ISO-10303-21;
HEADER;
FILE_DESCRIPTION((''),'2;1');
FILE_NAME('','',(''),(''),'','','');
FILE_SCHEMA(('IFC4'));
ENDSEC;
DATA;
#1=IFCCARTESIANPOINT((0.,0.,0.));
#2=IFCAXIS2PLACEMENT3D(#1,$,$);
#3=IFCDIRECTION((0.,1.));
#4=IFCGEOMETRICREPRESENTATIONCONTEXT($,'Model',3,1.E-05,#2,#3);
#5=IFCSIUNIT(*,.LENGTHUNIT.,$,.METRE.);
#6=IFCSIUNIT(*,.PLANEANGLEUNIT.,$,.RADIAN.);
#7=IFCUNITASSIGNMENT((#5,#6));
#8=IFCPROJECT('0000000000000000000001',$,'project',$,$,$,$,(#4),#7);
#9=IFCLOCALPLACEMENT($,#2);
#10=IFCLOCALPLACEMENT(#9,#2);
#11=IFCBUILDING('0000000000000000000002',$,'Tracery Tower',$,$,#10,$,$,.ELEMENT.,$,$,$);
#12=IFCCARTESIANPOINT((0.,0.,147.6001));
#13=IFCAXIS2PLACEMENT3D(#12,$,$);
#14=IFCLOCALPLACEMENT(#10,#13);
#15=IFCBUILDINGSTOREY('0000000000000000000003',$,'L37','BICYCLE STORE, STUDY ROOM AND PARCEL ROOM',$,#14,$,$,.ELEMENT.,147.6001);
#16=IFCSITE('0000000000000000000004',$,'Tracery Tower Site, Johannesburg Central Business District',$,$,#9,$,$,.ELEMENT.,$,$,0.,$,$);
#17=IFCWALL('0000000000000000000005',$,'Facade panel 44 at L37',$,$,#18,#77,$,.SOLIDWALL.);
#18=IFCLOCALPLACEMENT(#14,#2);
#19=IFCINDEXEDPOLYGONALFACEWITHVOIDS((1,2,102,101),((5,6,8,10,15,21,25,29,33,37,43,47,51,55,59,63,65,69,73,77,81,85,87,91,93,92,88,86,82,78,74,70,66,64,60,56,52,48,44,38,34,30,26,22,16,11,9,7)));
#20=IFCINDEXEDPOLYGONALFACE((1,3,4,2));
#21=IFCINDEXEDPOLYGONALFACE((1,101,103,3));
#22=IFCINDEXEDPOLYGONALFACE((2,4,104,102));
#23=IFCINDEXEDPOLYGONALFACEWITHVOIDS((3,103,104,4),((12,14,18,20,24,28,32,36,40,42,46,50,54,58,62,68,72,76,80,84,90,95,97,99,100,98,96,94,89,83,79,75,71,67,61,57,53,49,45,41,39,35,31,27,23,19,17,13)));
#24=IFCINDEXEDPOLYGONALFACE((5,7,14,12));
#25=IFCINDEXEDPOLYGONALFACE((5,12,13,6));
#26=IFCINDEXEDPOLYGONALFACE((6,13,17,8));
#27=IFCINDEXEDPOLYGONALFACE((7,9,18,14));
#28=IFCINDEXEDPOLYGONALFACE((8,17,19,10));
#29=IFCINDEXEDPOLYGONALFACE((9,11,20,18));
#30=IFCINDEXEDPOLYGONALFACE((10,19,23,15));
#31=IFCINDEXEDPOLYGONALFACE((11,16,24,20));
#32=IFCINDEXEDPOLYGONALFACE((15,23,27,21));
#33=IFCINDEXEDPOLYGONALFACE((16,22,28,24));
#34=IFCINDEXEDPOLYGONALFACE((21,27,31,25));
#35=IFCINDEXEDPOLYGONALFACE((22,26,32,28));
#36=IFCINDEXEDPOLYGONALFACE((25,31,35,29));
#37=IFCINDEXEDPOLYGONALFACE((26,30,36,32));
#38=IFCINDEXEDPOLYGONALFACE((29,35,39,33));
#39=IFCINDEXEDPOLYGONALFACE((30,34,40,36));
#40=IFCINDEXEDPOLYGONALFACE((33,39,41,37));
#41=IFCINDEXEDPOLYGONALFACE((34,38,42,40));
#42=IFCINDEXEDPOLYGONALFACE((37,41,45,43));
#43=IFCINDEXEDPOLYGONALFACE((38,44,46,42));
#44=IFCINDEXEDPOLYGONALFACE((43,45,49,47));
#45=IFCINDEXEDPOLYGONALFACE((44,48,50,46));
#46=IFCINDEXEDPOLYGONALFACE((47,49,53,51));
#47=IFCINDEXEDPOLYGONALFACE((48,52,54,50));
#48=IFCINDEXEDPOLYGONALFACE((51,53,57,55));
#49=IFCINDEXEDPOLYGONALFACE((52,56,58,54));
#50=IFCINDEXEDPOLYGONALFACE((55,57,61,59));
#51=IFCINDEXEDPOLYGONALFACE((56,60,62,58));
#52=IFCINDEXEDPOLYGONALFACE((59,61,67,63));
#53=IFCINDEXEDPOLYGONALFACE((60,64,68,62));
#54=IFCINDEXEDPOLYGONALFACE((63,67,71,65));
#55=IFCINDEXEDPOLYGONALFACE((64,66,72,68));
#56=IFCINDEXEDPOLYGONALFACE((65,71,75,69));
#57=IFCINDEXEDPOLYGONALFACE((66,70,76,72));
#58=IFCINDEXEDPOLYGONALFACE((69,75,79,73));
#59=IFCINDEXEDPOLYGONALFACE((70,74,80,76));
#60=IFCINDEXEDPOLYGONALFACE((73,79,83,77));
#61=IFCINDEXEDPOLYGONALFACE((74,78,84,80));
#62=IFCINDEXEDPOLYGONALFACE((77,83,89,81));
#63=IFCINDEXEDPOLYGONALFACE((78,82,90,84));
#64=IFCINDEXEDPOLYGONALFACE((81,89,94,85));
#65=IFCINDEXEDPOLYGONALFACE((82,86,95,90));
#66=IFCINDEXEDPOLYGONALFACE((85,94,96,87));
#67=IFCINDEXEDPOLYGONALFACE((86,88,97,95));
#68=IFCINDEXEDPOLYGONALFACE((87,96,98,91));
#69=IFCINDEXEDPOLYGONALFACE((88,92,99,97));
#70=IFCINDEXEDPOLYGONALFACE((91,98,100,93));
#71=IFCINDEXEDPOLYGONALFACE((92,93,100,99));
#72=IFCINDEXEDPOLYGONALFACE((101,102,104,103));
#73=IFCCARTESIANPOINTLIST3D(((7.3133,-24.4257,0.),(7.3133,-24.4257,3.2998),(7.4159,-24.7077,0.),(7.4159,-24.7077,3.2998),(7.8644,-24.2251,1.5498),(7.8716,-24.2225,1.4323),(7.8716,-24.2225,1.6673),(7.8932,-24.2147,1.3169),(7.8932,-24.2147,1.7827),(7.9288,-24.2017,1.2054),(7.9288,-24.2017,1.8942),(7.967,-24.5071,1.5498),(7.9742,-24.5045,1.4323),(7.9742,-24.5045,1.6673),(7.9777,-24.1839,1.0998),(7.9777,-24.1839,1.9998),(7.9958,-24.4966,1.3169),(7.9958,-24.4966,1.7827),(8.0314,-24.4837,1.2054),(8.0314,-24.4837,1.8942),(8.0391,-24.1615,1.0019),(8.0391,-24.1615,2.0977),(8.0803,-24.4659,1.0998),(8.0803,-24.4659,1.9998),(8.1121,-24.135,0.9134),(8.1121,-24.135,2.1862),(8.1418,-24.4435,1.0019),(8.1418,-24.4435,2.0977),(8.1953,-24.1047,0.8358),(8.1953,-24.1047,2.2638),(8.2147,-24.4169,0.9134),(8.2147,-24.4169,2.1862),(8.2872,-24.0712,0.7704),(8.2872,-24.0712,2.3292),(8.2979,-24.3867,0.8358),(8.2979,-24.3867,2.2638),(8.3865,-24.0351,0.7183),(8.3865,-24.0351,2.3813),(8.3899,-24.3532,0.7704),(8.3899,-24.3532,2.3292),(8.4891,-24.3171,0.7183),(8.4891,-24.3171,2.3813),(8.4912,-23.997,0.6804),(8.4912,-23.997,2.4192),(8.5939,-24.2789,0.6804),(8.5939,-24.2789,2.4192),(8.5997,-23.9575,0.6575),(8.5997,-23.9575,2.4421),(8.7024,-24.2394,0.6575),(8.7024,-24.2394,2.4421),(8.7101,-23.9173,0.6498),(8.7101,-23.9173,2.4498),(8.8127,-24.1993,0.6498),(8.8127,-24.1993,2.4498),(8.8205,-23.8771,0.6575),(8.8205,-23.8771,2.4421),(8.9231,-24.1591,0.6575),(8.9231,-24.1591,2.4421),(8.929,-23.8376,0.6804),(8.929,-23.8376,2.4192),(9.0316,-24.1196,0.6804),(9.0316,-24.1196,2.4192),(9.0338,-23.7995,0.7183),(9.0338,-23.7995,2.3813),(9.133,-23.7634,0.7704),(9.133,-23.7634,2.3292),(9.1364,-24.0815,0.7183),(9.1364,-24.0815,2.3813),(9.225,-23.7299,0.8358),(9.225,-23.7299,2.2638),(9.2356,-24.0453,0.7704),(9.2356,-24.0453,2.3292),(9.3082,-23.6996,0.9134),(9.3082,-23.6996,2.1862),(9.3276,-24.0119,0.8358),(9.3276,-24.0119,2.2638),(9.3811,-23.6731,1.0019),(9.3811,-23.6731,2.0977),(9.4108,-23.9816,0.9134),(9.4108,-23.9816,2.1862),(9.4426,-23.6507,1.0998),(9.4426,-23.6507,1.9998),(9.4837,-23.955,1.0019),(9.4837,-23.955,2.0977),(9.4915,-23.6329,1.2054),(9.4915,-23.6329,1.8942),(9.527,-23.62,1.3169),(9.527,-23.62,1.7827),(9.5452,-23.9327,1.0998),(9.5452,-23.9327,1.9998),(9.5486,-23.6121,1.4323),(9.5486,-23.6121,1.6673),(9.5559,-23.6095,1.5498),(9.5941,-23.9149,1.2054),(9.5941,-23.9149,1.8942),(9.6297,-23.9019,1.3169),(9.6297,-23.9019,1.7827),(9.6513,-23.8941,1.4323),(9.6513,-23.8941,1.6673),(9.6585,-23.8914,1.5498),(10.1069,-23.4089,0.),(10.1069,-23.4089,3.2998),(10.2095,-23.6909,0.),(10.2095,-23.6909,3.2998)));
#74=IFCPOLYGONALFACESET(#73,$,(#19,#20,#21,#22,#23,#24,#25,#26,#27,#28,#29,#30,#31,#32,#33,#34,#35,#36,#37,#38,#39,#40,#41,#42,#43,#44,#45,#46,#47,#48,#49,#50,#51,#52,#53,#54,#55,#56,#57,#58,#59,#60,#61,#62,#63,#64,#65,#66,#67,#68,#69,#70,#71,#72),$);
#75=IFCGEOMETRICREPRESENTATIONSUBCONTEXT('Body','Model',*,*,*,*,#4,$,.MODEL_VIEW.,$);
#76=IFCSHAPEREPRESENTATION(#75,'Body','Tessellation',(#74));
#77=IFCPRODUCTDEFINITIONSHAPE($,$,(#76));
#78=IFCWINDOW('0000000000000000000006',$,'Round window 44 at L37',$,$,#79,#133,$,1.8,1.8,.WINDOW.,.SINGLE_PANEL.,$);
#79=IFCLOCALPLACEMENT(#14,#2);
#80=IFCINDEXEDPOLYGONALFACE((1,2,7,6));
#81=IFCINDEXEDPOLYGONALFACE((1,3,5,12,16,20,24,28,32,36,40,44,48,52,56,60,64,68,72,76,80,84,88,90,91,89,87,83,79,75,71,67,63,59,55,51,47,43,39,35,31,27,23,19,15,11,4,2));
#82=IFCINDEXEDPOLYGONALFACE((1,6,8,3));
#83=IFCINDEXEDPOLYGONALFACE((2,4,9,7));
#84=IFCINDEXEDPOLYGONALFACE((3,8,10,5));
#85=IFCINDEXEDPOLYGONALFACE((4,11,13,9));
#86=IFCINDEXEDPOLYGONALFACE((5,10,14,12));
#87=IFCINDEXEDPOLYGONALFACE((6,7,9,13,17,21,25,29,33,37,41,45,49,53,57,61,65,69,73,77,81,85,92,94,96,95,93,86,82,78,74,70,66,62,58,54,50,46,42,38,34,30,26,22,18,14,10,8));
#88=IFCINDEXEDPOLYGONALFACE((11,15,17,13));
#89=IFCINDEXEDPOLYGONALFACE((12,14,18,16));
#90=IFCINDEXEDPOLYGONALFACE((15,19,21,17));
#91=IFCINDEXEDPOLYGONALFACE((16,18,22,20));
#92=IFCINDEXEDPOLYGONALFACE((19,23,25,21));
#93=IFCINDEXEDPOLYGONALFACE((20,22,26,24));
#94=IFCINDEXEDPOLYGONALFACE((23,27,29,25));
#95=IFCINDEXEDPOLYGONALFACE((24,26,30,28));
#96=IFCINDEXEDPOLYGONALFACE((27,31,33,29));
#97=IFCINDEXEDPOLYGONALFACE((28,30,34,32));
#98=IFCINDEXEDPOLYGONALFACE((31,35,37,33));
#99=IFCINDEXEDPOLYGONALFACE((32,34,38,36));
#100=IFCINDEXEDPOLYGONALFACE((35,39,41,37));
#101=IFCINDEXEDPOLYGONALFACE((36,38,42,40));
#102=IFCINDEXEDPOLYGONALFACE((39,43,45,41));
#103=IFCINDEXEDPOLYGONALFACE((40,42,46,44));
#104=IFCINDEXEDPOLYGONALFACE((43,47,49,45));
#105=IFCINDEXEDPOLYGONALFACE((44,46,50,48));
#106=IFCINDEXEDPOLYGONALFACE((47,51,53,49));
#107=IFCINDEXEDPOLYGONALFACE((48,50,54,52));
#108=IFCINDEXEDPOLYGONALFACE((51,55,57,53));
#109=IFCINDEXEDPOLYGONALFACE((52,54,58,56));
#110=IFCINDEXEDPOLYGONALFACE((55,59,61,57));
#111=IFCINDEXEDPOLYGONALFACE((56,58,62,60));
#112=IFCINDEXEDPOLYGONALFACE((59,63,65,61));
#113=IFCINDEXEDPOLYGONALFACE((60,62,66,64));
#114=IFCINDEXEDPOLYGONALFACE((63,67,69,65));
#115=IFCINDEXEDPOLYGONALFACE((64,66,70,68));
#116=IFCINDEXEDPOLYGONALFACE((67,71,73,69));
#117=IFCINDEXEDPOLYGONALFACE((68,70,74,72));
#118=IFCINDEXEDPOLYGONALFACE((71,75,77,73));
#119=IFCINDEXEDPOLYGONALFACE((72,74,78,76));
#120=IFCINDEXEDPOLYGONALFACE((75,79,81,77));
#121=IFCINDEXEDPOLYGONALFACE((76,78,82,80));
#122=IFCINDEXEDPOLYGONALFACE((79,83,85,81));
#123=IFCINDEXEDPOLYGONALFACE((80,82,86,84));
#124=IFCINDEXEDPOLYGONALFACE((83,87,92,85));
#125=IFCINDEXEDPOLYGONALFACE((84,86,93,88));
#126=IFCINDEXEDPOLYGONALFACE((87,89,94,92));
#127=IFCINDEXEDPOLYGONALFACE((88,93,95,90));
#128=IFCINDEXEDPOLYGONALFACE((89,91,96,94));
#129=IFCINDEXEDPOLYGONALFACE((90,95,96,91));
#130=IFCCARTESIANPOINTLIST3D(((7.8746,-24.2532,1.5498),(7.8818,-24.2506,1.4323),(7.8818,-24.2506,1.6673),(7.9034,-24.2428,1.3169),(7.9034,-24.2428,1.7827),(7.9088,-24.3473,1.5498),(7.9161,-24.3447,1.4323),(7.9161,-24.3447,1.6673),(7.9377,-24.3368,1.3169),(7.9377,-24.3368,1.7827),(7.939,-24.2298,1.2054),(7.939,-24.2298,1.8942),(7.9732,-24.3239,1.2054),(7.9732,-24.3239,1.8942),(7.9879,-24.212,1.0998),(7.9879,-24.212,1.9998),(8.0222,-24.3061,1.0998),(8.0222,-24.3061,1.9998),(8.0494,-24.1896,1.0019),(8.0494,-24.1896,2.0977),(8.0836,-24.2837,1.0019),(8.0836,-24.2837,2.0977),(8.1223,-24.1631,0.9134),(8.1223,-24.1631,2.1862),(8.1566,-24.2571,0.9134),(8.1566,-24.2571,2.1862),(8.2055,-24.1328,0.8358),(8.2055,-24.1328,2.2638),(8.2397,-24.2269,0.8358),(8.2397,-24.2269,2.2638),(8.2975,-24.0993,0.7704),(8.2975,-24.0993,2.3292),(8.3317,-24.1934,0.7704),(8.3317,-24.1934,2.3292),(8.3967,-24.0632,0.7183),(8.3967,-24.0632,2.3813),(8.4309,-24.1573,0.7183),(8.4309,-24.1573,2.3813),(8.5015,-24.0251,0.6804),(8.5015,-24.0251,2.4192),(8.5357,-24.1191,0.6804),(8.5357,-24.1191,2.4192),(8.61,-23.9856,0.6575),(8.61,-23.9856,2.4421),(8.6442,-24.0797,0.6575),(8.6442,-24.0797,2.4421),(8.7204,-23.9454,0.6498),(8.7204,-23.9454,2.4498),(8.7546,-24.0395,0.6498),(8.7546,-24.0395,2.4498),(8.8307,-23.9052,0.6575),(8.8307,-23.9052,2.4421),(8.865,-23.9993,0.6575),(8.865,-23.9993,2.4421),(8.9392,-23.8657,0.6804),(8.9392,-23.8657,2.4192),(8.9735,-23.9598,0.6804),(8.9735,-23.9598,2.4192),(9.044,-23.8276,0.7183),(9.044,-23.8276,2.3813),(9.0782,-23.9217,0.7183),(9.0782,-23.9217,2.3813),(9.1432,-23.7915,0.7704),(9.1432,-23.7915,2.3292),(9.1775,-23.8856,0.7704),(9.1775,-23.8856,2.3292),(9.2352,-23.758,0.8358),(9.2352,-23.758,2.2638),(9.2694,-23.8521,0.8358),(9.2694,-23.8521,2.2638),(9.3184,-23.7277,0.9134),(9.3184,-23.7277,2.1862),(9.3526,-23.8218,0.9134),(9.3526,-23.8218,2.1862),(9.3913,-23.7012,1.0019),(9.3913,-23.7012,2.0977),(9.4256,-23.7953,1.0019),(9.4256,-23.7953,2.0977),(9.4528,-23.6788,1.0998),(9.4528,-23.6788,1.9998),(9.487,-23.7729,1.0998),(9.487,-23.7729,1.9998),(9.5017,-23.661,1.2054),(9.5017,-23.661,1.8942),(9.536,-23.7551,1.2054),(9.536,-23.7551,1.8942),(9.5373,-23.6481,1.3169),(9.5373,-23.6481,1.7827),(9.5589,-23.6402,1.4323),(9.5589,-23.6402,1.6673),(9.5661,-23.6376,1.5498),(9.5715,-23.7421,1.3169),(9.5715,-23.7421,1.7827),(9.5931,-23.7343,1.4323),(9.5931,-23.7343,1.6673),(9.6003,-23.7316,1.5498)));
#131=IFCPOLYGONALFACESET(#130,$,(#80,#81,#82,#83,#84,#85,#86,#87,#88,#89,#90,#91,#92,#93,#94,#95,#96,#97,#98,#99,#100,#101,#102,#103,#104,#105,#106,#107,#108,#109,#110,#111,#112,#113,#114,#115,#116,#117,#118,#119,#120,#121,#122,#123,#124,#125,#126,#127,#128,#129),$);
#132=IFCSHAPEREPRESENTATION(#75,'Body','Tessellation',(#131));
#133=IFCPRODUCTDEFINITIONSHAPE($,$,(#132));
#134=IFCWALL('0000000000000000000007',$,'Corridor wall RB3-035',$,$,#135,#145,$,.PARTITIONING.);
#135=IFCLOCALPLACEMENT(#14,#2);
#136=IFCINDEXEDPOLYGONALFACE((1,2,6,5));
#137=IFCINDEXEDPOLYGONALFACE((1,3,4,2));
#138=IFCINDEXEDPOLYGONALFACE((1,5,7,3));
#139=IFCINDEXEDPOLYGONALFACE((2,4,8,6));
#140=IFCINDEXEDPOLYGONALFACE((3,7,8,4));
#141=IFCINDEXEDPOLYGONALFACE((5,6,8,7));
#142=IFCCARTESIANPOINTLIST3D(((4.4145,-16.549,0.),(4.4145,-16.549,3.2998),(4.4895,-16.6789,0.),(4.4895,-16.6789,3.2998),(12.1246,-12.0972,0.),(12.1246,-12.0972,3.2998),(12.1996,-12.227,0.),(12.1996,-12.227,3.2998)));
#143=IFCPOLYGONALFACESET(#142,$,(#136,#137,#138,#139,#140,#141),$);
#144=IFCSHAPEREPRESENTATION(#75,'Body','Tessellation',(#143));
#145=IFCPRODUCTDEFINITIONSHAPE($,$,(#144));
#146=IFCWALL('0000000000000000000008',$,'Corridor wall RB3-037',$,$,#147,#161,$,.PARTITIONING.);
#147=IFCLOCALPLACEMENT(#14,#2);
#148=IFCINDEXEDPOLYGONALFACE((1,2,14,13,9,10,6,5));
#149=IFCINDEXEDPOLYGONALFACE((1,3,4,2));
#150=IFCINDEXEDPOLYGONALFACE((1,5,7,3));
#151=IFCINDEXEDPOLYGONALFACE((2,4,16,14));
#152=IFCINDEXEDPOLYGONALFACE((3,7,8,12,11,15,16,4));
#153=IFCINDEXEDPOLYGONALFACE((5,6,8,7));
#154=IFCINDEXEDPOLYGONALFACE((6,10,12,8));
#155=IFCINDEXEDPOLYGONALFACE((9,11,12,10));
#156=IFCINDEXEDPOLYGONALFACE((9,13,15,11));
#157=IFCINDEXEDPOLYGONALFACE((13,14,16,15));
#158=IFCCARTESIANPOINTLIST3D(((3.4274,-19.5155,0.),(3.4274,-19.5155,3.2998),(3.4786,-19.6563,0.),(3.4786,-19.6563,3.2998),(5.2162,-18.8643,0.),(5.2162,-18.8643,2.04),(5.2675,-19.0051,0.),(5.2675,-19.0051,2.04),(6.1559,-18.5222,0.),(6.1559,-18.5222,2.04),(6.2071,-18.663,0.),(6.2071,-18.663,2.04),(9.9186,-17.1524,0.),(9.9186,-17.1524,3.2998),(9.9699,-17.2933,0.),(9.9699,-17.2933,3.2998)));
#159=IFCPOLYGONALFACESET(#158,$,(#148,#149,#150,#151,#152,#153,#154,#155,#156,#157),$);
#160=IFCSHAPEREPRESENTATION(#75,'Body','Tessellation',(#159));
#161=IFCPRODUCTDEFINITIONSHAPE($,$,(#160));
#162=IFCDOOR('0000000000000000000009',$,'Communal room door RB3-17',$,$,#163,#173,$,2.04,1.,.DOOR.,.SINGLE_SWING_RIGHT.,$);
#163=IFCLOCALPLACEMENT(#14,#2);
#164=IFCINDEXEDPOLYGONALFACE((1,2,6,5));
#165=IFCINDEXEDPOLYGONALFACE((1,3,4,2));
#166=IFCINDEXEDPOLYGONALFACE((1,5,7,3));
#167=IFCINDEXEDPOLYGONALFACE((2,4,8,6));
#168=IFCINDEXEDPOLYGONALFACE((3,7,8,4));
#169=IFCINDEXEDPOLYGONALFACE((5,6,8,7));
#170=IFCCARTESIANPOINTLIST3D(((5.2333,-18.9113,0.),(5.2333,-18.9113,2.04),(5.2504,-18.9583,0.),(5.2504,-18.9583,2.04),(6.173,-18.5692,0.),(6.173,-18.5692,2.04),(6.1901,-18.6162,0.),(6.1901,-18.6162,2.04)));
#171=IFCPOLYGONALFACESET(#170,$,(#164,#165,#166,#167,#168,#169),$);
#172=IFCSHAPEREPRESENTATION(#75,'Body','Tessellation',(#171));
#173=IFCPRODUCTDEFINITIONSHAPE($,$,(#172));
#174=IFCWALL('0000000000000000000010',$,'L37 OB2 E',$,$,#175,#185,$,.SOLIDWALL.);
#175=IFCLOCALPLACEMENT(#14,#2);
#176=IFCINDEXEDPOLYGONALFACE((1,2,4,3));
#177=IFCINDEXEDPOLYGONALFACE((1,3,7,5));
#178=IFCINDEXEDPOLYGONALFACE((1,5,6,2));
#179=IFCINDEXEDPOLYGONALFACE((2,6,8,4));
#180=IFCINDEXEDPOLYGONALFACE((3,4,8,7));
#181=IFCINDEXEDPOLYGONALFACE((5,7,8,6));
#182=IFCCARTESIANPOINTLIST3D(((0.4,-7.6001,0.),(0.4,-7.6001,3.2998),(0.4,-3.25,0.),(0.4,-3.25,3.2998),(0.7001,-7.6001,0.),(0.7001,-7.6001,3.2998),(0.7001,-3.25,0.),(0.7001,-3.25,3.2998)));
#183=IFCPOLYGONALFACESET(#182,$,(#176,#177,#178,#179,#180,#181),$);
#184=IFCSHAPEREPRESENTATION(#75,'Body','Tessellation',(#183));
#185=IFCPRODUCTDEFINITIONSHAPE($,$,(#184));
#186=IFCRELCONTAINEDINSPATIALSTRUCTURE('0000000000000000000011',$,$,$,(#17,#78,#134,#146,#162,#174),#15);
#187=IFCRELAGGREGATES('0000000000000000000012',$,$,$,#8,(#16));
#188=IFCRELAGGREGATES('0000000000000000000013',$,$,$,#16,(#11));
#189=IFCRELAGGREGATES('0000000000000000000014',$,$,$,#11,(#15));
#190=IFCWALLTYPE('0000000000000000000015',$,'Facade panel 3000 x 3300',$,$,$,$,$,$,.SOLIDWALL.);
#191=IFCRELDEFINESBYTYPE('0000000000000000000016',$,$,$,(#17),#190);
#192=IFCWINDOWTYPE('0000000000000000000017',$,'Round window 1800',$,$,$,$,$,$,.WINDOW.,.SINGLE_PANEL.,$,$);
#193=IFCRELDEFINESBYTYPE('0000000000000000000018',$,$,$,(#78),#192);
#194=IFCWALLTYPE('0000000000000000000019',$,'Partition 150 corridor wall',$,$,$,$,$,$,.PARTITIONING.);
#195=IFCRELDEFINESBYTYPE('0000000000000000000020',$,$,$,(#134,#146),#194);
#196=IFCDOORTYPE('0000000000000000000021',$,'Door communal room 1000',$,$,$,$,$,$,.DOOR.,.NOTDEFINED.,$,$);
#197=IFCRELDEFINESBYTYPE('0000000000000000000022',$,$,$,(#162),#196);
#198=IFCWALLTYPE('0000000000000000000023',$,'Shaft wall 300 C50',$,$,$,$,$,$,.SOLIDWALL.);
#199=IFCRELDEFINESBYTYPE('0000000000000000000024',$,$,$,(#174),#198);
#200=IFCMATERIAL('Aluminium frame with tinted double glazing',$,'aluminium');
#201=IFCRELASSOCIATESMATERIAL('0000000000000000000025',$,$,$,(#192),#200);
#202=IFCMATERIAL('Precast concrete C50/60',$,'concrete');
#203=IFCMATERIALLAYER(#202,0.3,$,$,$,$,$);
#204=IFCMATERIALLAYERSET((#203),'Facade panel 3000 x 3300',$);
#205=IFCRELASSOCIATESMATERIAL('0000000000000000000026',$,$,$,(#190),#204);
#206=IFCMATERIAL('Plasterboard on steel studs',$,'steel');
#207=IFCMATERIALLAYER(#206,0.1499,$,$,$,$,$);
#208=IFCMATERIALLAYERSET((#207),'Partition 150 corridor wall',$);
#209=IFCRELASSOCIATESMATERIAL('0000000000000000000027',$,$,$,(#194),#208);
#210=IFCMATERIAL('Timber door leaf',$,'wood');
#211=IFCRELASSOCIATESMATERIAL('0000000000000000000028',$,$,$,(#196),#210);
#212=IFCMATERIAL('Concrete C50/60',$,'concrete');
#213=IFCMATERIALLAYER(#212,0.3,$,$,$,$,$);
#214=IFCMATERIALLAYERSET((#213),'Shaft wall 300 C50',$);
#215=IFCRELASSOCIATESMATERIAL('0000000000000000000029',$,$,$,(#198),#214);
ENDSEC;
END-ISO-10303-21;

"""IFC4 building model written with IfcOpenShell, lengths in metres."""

from ifc_helpers import new_model, si_unit, direction, frame, frame_2d, origin, origin_2d, place, context, subcontext, project, spatial, rectangle, circle, extrude, material, layer, layer_set, type_object, element, fill, save


model = new_model("IFC4")

# Units and contexts
model_context = context("Model", 3, precision=1e-05, world=origin(), true_north=direction((0.0, 1.0)))
body_context = subcontext(model_context, "Body", "Model", "MODEL_VIEW")
ifc_project = project(units=[si_unit("LENGTHUNIT", "METRE"), si_unit("PLANEANGLEUNIT", "RADIAN")], contexts=[model_context])

# Site, building, storey
site_placement = place(None, origin())
site = spatial("IfcSite", under=ifc_project, at=site_placement, Name="Tracery Tower Site, Johannesburg Central Business District", CompositionType="ELEMENT", RefElevation=0.0)
building_placement = place(site_placement, origin())
building = spatial("IfcBuilding", under=site, at=building_placement, Name="Tracery Tower", CompositionType="ELEMENT")
storey_placement = place(building_placement, frame((0.0, 0.0, 147.6001)))
storey = spatial("IfcBuildingStorey", under=building, at=storey_placement, Name="L37", Description="BICYCLE STORE, STUDY ROOM AND PARCEL ROOM", CompositionType="ELEMENT", Elevation=147.6001)

# Wall, opening, window
ifc_material_1 = material(Name="Aluminium frame with tinted double glazing", Category="aluminium")
window_type = type_object("IfcWindowType", Name="Round window 1800", PartitioningType="SINGLE_PANEL", PredefinedType="WINDOW", material=ifc_material_1)
ifc_material_2 = material(Name="Precast concrete C50/60", Category="concrete")
ifc_layer_1 = layer(ifc_material_2, 0.3)
ifc_layer_set_1 = layer_set([ifc_layer_1], Name="Facade panel 3000 x 3300")
wall_type_1 = type_object("IfcWallType", Name="Facade panel 3000 x 3300", PredefinedType="SOLIDWALL", material=ifc_layer_set_1)
wall_1_placement = place(storey_placement, frame((7.3647, -24.5667, 0.0), z_axis=(0.0, 0.0, 1.0), x_axis=(0.93969, 0.342027, 0.0)))
wall_1 = element("IfcWall", 1, at=wall_1_placement, inside=storey, type_object=wall_type_1, Name="Facade panel 44 at L37", PredefinedType="SOLIDWALL", context=body_context, shape_type="SweptSolid", body=[
    extrude(rectangle(XDim=2.9729, YDim=0.3, at=frame_2d((1.4863, 0.0))), origin(), (0.0, 0.0, 1.0), 3.2998),
])
opening_1_placement = place(wall_1_placement, frame((1.4863, 0.0, 1.5498)))
opening_1 = element("IfcOpeningElement", 2, at=opening_1_placement, cuts=wall_1, PredefinedType="OPENING", context=body_context, shape_type="SweptSolid", body=[
    extrude(circle(Radius=0.9, at=origin_2d()), frame((0.0, 0.1599, 0.0), z_axis=(0.0, -1.0, 0.0), x_axis=(1.0, 0.0, 0.0)), (0.0, 0.0, 1.0), 0.3201),
])
window_1_placement = place(opening_1_placement, origin())
window_1 = element("IfcWindow", 3, at=window_1_placement, inside=storey, type_object=window_type, Name="Round window 44 at L37", OverallHeight=1.8, OverallWidth=1.8, PartitioningType="SINGLE_PANEL", PredefinedType="WINDOW", context=body_context, shape_type="SweptSolid", body=[
    extrude(circle(Radius=0.9, at=origin_2d()), frame((0.0, 0.1201, 0.0), z_axis=(0.0, -1.0, 0.0), x_axis=(1.0, 0.0, 0.0)), (0.0, 0.0, 1.0), 0.1001),
])
fill(opening_1, window_1)

# Wall
ifc_material_3 = material(Name="Plasterboard on steel studs", Category="steel")
ifc_layer_2 = layer(ifc_material_3, 0.1499)
ifc_layer_set_2 = layer_set([ifc_layer_2], Name="Partition 150 corridor wall")
wall_type_2 = type_object("IfcWallType", Name="Partition 150 corridor wall", PredefinedType="PARTITIONING", material=ifc_layer_set_2)
wall_2_placement = place(storey_placement, frame((4.4519, -16.614, 0.0), z_axis=(0.0, 0.0, 1.0), x_axis=(0.866005, 0.500035, 0.0)))
element("IfcWall", 4, at=wall_2_placement, inside=storey, type_object=wall_type_2, Name="Corridor wall RB3-035", PredefinedType="PARTITIONING", context=body_context, shape_type="SweptSolid", body=[
    extrude(rectangle(XDim=8.9031, YDim=0.1499, at=frame_2d((4.4517, 0.0))), origin(), (0.0, 0.0, 1.0), 3.2998),
])

# Wall, opening, door
wall_3_placement = place(storey_placement, frame((3.4529, -19.5859, 0.0), z_axis=(0.0, 0.0, 1.0), x_axis=(0.939673, 0.342075, 0.0)))
wall_3 = element("IfcWall", 5, at=wall_3_placement, inside=storey, type_object=wall_type_2, Name="Corridor wall RB3-037", PredefinedType="PARTITIONING", context=body_context, shape_type="SweptSolid", body=[
    extrude(rectangle(XDim=6.908, YDim=0.1499, at=frame_2d((3.4541, 0.0))), origin(), (0.0, 0.0, 1.0), 3.2998),
])
opening_2_placement = place(wall_3_placement, frame((1.9038, 0.0, 0.0)))
opening_2 = element("IfcOpeningElement", 6, at=opening_2_placement, cuts=wall_3, PredefinedType="OPENING", context=body_context, shape_type="SweptSolid", body=[
    extrude(rectangle(XDim=1.0, YDim=2.04, at=frame_2d((0.5, 1.02))), frame((0.0, 0.075, 0.0), z_axis=(0.0, -1.0, 0.0), x_axis=(1.0, 0.0, 0.0)), (0.0, 0.0, 1.0), 0.1499),
])
ifc_material_4 = material(Name="Timber door leaf", Category="wood")
door_type = type_object("IfcDoorType", Name="Door communal room 1000", OperationType="NOTDEFINED", PredefinedType="DOOR", material=ifc_material_4)
door_placement = place(opening_2_placement, origin())
door = element("IfcDoor", 7, at=door_placement, inside=storey, type_object=door_type, Name="Communal room door RB3-17", OperationType="SINGLE_SWING_RIGHT", OverallHeight=2.04, OverallWidth=1.0, PredefinedType="DOOR", context=body_context, shape_type="SweptSolid", body=[
    extrude(rectangle(XDim=1.0, YDim=2.04, at=frame_2d((0.5, 1.02))), frame((0.0, 0.0249, 0.0), z_axis=(0.0, -1.0, 0.0), x_axis=(1.0, 0.0, 0.0)), (0.0, 0.0, 1.0), 0.05),
])
fill(opening_2, door)

# Wall
ifc_material_5 = material(Name="Concrete C50/60", Category="concrete")
ifc_layer_3 = layer(ifc_material_5, 0.3)
ifc_layer_set_3 = layer_set([ifc_layer_3], Name="Shaft wall 300 C50")
wall_type_3 = type_object("IfcWallType", Name="Shaft wall 300 C50", PredefinedType="SOLIDWALL", material=ifc_layer_set_3)
wall_4_placement = place(storey_placement, frame((0.55, -7.6001, 0.0), z_axis=(0.0, 0.0, 1.0), x_axis=(0.0, 1.0, 0.0)))
element("IfcWall", 8, at=wall_4_placement, inside=storey, type_object=wall_type_3, Name="L37 OB2 E", PredefinedType="SOLIDWALL", context=body_context, shape_type="SweptSolid", body=[
    extrude(rectangle(XDim=4.3501, YDim=0.3, at=frame_2d((2.175, 0.0))), origin(), (0.0, 0.0, 1.0), 3.2998),
])

save(model, "model.ifc")
